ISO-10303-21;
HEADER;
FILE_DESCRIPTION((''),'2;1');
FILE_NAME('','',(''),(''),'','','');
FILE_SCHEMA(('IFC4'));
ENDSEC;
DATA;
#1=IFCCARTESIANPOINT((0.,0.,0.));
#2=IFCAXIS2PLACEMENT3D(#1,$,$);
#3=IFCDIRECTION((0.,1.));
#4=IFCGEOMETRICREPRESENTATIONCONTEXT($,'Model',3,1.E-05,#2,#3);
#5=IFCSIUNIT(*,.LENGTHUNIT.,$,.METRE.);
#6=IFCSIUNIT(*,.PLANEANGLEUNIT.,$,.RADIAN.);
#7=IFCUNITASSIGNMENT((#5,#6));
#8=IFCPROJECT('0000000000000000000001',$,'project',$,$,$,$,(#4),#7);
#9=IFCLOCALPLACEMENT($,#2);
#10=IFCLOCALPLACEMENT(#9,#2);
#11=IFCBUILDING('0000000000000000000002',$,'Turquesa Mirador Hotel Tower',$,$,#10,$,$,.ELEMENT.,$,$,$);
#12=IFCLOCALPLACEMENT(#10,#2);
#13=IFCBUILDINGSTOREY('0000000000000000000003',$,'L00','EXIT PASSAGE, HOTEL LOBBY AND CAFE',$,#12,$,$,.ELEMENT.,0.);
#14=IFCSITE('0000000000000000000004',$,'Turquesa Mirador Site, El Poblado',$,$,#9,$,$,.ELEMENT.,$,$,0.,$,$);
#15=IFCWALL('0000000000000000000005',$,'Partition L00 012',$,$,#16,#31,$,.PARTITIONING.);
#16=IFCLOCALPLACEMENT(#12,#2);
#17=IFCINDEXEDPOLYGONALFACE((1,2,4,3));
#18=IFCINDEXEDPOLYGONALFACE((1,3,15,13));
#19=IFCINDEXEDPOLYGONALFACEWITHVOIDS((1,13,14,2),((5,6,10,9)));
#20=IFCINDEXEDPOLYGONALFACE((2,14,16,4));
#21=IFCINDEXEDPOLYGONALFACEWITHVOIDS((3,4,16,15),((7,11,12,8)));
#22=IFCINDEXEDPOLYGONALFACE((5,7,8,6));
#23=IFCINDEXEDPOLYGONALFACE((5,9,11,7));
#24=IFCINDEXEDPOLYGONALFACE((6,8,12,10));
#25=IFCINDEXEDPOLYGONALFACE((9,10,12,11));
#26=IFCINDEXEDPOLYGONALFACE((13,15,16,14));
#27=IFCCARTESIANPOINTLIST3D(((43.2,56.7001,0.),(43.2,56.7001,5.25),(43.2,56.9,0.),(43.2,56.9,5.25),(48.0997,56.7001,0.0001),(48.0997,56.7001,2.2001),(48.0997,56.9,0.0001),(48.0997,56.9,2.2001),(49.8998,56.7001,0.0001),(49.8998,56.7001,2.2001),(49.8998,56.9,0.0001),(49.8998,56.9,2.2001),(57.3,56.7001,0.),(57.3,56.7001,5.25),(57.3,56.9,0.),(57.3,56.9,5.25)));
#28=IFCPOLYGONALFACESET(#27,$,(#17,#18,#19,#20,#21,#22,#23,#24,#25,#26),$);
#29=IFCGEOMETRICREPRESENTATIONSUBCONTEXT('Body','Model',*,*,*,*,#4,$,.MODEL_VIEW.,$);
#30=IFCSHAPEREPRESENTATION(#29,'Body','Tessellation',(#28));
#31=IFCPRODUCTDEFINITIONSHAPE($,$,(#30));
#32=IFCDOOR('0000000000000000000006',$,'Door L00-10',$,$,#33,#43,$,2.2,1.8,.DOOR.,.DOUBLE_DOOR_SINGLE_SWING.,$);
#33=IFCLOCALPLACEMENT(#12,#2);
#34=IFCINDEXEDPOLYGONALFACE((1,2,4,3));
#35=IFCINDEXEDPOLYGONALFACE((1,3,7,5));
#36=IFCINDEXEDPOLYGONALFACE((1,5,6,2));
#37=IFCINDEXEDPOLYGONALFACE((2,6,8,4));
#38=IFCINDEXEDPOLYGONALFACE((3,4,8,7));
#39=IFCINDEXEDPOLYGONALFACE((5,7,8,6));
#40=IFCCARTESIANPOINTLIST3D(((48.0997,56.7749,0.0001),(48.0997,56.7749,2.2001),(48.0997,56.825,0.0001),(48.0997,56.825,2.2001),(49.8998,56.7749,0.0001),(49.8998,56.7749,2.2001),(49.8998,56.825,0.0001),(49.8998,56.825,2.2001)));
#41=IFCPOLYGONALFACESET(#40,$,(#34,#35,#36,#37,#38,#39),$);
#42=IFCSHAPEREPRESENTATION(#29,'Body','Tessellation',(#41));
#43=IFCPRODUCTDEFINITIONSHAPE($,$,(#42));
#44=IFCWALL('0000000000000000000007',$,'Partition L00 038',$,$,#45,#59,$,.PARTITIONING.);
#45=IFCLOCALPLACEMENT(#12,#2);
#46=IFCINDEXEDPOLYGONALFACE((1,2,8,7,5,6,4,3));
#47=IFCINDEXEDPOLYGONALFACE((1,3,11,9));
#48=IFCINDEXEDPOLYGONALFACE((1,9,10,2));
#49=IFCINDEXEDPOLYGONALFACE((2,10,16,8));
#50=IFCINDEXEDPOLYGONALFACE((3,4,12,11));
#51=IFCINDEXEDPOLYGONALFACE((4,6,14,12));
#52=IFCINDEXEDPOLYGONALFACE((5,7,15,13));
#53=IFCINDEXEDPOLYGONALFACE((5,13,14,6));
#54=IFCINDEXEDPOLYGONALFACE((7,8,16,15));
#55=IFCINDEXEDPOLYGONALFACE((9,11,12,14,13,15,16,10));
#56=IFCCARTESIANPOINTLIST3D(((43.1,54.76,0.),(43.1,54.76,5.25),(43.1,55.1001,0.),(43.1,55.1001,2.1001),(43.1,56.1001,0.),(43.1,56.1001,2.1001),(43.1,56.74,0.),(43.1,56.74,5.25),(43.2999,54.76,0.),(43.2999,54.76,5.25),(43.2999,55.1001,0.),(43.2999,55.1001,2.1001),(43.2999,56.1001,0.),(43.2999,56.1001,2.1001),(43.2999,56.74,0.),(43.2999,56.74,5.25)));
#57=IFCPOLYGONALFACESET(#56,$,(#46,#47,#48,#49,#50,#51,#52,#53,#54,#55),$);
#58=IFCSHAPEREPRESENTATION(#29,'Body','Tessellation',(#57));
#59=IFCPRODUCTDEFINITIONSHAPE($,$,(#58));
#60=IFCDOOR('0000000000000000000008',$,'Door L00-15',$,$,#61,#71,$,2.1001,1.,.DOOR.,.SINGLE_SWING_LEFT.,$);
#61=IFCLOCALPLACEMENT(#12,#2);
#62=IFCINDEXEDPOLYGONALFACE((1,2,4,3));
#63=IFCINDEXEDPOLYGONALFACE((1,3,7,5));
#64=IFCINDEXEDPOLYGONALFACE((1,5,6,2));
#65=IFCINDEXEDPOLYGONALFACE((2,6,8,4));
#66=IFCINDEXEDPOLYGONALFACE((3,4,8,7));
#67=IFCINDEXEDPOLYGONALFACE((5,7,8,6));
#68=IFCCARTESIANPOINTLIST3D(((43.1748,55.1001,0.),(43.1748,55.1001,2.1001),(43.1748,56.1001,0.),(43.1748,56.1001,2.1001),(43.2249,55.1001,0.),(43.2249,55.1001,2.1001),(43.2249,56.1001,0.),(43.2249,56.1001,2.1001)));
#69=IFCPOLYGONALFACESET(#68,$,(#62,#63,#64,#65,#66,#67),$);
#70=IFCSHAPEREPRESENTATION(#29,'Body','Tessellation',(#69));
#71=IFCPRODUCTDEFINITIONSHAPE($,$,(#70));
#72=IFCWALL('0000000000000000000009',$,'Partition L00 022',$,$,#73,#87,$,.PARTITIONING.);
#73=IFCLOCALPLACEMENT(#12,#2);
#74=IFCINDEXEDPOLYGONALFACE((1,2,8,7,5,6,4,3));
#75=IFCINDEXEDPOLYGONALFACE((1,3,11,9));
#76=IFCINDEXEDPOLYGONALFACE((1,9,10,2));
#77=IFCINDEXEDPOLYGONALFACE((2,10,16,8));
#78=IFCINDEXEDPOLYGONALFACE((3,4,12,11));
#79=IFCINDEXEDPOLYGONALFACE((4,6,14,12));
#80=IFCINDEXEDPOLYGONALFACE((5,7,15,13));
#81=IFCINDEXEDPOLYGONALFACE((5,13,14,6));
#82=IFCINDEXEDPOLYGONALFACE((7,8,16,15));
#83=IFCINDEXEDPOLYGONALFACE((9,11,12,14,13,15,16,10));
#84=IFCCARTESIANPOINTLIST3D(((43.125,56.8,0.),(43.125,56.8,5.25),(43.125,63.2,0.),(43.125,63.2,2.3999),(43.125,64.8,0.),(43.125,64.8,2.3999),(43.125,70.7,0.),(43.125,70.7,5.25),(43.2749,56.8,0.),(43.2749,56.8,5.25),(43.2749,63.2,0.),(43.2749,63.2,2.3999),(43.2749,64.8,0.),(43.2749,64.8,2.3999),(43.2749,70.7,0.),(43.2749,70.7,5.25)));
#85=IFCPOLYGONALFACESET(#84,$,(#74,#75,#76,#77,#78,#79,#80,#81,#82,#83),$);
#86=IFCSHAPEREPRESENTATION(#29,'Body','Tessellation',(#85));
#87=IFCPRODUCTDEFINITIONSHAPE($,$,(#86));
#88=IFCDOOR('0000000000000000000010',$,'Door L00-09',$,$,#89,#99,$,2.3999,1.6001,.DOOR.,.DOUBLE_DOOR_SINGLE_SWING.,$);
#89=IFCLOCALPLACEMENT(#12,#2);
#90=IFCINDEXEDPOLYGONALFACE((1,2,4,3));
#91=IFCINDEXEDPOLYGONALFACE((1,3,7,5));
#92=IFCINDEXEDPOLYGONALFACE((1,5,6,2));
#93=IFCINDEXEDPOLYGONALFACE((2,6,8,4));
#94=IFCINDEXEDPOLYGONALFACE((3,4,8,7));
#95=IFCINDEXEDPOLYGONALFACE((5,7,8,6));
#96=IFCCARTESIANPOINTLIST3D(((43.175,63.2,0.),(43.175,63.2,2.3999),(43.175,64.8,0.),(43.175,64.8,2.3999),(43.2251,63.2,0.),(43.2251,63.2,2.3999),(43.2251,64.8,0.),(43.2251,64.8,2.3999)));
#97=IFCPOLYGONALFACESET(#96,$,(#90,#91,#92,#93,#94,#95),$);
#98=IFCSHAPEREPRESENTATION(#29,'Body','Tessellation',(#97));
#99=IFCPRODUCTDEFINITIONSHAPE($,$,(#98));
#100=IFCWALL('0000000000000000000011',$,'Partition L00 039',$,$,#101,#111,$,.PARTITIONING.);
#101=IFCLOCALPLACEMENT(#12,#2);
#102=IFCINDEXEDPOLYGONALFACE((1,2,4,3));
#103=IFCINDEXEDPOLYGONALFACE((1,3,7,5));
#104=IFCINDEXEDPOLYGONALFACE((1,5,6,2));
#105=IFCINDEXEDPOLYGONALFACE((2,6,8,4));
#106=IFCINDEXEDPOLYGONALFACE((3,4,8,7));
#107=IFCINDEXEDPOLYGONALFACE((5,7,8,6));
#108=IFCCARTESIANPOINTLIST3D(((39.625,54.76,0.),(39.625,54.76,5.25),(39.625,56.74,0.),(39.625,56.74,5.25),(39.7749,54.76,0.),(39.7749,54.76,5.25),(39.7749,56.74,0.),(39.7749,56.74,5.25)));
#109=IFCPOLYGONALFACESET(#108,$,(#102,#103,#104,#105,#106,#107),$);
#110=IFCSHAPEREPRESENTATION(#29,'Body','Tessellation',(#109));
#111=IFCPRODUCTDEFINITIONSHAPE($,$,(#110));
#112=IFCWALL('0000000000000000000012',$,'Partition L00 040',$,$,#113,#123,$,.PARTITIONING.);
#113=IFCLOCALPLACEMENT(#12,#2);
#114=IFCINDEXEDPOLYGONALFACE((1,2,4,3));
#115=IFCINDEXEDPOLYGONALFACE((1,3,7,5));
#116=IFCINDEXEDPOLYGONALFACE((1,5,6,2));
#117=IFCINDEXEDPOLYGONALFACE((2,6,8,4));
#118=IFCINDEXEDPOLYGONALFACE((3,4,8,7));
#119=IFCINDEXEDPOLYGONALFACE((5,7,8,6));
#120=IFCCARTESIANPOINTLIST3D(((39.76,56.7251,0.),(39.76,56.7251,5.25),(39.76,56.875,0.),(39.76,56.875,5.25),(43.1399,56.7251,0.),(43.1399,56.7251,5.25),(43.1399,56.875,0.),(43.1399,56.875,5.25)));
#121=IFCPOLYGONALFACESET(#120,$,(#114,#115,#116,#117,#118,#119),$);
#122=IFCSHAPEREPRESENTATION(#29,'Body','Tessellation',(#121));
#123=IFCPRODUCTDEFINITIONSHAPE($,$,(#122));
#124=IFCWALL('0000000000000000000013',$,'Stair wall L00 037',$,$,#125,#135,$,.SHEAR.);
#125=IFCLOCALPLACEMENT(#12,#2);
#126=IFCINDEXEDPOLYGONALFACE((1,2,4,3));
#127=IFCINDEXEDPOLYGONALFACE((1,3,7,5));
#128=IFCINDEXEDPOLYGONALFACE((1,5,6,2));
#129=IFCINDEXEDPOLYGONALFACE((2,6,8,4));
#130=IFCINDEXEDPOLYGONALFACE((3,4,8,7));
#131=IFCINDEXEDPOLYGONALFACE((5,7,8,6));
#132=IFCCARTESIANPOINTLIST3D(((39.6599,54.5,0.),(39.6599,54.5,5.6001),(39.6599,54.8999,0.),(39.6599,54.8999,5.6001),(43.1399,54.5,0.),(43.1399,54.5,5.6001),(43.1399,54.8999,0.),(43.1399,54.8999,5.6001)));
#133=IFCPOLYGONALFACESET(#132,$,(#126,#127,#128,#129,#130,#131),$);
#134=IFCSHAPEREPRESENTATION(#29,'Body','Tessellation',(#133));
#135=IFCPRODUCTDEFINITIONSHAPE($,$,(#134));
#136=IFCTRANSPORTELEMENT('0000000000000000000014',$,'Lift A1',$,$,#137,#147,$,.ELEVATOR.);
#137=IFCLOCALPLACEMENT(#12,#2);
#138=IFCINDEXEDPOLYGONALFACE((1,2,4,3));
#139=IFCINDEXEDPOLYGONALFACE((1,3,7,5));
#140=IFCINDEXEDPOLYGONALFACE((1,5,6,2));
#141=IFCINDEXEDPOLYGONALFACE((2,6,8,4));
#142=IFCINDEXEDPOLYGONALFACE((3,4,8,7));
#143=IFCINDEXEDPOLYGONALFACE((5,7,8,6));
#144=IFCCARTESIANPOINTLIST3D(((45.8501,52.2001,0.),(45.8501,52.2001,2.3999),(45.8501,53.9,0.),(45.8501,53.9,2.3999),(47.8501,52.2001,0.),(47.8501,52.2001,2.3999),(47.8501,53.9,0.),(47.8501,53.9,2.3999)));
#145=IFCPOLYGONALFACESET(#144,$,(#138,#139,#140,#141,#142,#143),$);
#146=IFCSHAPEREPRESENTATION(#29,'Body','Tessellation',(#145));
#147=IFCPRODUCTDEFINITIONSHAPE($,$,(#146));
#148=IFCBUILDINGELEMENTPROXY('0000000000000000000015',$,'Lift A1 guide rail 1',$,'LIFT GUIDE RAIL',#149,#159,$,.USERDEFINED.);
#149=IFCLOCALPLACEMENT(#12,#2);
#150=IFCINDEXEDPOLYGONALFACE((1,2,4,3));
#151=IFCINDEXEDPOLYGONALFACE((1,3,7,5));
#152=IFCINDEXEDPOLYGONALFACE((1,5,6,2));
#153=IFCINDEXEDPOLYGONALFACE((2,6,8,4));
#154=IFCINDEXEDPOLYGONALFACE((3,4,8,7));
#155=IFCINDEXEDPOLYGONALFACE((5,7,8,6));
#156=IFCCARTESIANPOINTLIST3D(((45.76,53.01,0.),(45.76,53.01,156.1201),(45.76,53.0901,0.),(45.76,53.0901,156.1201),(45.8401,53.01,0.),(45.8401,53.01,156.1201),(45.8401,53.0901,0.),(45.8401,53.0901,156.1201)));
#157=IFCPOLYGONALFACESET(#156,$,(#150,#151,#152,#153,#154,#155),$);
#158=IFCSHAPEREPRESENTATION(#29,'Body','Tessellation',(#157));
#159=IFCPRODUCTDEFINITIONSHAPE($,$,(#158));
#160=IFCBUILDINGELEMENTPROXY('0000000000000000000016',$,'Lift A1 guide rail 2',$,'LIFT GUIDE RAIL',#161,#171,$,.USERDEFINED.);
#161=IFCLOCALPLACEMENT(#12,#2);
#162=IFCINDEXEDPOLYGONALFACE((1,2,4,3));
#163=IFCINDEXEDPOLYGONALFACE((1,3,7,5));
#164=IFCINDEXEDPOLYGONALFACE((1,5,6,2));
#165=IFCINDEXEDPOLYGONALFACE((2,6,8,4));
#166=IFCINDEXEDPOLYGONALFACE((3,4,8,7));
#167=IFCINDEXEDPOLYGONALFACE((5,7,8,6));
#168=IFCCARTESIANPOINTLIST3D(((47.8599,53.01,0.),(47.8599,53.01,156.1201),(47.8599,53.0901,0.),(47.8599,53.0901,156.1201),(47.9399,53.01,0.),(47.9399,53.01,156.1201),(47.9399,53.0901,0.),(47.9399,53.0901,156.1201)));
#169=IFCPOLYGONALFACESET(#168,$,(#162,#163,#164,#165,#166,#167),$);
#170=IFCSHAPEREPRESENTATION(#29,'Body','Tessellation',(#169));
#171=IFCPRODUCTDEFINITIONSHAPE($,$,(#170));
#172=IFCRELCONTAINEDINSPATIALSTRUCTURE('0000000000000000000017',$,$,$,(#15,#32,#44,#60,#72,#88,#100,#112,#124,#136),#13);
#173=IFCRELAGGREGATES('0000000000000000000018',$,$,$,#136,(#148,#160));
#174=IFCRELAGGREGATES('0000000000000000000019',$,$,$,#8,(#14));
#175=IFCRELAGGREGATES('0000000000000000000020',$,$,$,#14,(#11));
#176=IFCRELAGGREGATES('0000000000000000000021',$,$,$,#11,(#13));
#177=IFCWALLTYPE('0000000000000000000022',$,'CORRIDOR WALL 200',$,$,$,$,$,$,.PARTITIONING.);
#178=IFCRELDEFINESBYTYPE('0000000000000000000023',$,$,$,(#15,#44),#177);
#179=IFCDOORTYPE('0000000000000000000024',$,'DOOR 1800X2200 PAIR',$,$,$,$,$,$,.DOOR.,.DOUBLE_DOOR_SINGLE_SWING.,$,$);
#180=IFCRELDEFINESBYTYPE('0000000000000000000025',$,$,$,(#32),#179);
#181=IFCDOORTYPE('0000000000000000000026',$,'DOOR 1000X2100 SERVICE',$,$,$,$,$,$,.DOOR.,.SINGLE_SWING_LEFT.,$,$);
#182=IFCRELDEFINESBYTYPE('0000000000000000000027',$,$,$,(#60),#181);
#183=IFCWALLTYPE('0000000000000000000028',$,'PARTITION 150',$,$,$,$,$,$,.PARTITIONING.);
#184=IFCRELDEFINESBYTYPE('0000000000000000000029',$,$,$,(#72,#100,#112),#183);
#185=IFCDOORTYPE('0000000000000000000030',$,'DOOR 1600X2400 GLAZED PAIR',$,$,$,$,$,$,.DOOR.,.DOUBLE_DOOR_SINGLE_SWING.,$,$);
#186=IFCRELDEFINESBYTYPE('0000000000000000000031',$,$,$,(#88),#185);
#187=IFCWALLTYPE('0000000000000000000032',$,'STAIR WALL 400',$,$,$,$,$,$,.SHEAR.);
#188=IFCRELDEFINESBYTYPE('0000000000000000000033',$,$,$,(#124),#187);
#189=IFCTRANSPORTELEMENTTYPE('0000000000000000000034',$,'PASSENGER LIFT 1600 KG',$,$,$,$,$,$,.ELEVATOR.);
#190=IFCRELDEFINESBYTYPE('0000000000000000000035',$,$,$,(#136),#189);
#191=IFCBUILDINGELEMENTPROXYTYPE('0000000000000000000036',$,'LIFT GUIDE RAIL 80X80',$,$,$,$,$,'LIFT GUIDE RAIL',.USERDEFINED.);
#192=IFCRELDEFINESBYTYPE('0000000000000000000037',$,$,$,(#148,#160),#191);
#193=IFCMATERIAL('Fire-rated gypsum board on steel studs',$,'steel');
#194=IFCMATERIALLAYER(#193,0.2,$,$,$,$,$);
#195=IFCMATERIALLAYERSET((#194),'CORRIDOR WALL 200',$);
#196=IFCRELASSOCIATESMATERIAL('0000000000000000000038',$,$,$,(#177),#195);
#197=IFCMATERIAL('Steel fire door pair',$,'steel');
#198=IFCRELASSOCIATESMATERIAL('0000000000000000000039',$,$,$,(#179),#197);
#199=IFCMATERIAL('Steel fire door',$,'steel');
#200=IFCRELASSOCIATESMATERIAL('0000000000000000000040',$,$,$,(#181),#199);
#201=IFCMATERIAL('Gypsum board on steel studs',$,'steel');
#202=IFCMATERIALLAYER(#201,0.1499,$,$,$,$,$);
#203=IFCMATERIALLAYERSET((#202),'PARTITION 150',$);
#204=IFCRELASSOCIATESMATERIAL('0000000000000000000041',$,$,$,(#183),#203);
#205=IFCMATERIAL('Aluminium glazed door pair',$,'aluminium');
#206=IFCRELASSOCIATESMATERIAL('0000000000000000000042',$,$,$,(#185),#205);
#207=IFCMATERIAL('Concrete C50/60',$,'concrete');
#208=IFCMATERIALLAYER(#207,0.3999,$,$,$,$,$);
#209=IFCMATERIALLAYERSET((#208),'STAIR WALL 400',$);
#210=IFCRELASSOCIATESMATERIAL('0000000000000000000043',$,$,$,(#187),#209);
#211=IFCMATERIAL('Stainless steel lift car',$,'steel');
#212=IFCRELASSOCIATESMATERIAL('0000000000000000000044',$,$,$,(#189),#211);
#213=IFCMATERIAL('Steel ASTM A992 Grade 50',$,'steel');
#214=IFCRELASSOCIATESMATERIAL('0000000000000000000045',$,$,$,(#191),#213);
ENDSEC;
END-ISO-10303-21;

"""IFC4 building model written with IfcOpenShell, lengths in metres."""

from ifc_helpers import new_model, si_unit, direction, frame, frame_2d, origin, origin_2d, place, context, subcontext, project, spatial, rectangle, extrude, material, layer, layer_set, type_object, element, fill, aggregate, save


model = new_model("IFC4")

# Units and contexts
model_context = context("Model", 3, precision=1e-05, world=origin(), true_north=direction((0.0, 1.0)))
body_context = subcontext(model_context, "Body", "Model", "MODEL_VIEW")
ifc_project = project(units=[si_unit("LENGTHUNIT", "METRE"), si_unit("PLANEANGLEUNIT", "RADIAN")], contexts=[model_context])

# Site, building, storey
site_placement = place(None, origin())
site = spatial("IfcSite", under=ifc_project, at=site_placement, Name="Turquesa Mirador Site, El Poblado", CompositionType="ELEMENT", RefElevation=0.0)
building_placement = place(site_placement, origin())
building = spatial("IfcBuilding", under=site, at=building_placement, Name="Turquesa Mirador Hotel Tower", CompositionType="ELEMENT")
storey_placement = place(building_placement, origin())
storey = spatial("IfcBuildingStorey", under=building, at=storey_placement, Name="L00", Description="EXIT PASSAGE, HOTEL LOBBY AND CAFE", CompositionType="ELEMENT", Elevation=0.0)

# Walls, openings, doors
ifc_material_1 = material(Name="Fire-rated gypsum board on steel studs", Category="steel")
ifc_layer_1 = layer(ifc_material_1, 0.2)
ifc_layer_set_1 = layer_set([ifc_layer_1], Name="CORRIDOR WALL 200")
wall_type_1 = type_object("IfcWallType", Name="CORRIDOR WALL 200", PredefinedType="PARTITIONING", material=ifc_layer_set_1)
wall_1_placement = place(storey_placement, frame((43.2, 56.8, 0.0), z_axis=(0.0, 0.0, 1.0), x_axis=(1.0, 0.0, 0.0)))
wall_1 = element("IfcWall", 1, at=wall_1_placement, inside=storey, type_object=wall_type_1, Name="Partition L00 012", PredefinedType="PARTITIONING", context=body_context, shape_type="SweptSolid", body=[
    extrude(rectangle(XDim=14.1001, YDim=0.2, at=frame_2d((7.05, 0.0))), origin(), (0.0, 0.0, 1.0), 5.25),
])
opening_1_placement = place(wall_1_placement, frame((4.8999, 0.0, 0.0)))
opening_1 = element("IfcOpeningElement", 2, at=opening_1_placement, cuts=wall_1, PredefinedType="OPENING", context=body_context, shape_type="SweptSolid", body=[
    extrude(rectangle(XDim=1.8, YDim=2.2, at=frame_2d((0.8999, 1.1001))), frame((0.0, 0.1099, 0.0), z_axis=(0.0, -1.0, 0.0), x_axis=(1.0, 0.0, 0.0)), (0.0, 0.0, 1.0), 0.22),
])
ifc_material_2 = material(Name="Steel fire door pair", Category="steel")
door_type_1 = type_object("IfcDoorType", Name="DOOR 1800X2200 PAIR", OperationType="DOUBLE_DOOR_SINGLE_SWING", PredefinedType="DOOR", material=ifc_material_2)
door_1_placement = place(opening_1_placement, origin())
door_1 = element("IfcDoor", 3, at=door_1_placement, inside=storey, type_object=door_type_1, Name="Door L00-10", OperationType="DOUBLE_DOOR_SINGLE_SWING", OverallHeight=2.2, OverallWidth=1.8, PredefinedType="DOOR", context=body_context, shape_type="SweptSolid", body=[
    extrude(rectangle(XDim=1.8, YDim=2.2, at=frame_2d((0.8999, 1.1001))), frame((0.0, 0.0249, 0.0), z_axis=(0.0, -1.0, 0.0), x_axis=(1.0, 0.0, 0.0)), (0.0, 0.0, 1.0), 0.05),
])
fill(opening_1, door_1)
wall_2_placement = place(storey_placement, frame((43.2, 56.74, 0.0), z_axis=(0.0, 0.0, 1.0), x_axis=(0.0, -1.0, 0.0)))
wall_2 = element("IfcWall", 4, at=wall_2_placement, inside=storey, type_object=wall_type_1, Name="Partition L00 038", PredefinedType="PARTITIONING", context=body_context, shape_type="SweptSolid", body=[
    extrude(rectangle(XDim=1.98, YDim=0.2, at=frame_2d((0.99, 0.0))), origin(), (0.0, 0.0, 1.0), 5.25),
])
opening_2_placement = place(wall_2_placement, frame((0.6399, 0.0, 0.0)))
opening_2 = element("IfcOpeningElement", 5, at=opening_2_placement, cuts=wall_2, PredefinedType="OPENING", context=body_context, shape_type="SweptSolid", body=[
    extrude(rectangle(XDim=1.0, YDim=2.1001, at=frame_2d((0.5, 1.05))), frame((0.0, 0.1099, 0.0), z_axis=(0.0, -1.0, 0.0), x_axis=(1.0, 0.0, 0.0)), (0.0, 0.0, 1.0), 0.22),
])
ifc_material_3 = material(Name="Steel fire door", Category="steel")
door_type_2 = type_object("IfcDoorType", Name="DOOR 1000X2100 SERVICE", OperationType="SINGLE_SWING_LEFT", PredefinedType="DOOR", material=ifc_material_3)
door_2_placement = place(opening_2_placement, origin())
door_2 = element("IfcDoor", 6, at=door_2_placement, inside=storey, type_object=door_type_2, Name="Door L00-15", OperationType="SINGLE_SWING_LEFT", OverallHeight=2.1001, OverallWidth=1.0, PredefinedType="DOOR", context=body_context, shape_type="SweptSolid", body=[
    extrude(rectangle(XDim=1.0, YDim=2.1001, at=frame_2d((0.5, 1.05))), frame((0.0, 0.0249, 0.0), z_axis=(0.0, -1.0, 0.0), x_axis=(1.0, 0.0, 0.0)), (0.0, 0.0, 1.0), 0.05),
])
fill(opening_2, door_2)
ifc_material_4 = material(Name="Gypsum board on steel studs", Category="steel")
ifc_layer_2 = layer(ifc_material_4, 0.1499)
ifc_layer_set_2 = layer_set([ifc_layer_2], Name="PARTITION 150")
wall_type_2 = type_object("IfcWallType", Name="PARTITION 150", PredefinedType="PARTITIONING", material=ifc_layer_set_2)
wall_3_placement = place(storey_placement, frame((43.2, 56.8, 0.0), z_axis=(0.0, 0.0, 1.0), x_axis=(0.0, 1.0, 0.0)))
wall_3 = element("IfcWall", 7, at=wall_3_placement, inside=storey, type_object=wall_type_2, Name="Partition L00 022", PredefinedType="PARTITIONING", context=body_context, shape_type="SweptSolid", body=[
    extrude(rectangle(XDim=13.8999, YDim=0.1499, at=frame_2d((6.95, 0.0))), origin(), (0.0, 0.0, 1.0), 5.25),
])
opening_3_placement = place(wall_3_placement, frame((6.3999, 0.0, 0.0)))
opening_3 = element("IfcOpeningElement", 8, at=opening_3_placement, cuts=wall_3, PredefinedType="OPENING", context=body_context, shape_type="SweptSolid", body=[
    extrude(rectangle(XDim=1.6001, YDim=2.3999, at=frame_2d((0.8, 1.2))), frame((0.0, 0.085, 0.0), z_axis=(0.0, -1.0, 0.0), x_axis=(1.0, 0.0, 0.0)), (0.0, 0.0, 1.0), 0.1699),
])
ifc_material_5 = material(Name="Aluminium glazed door pair", Category="aluminium")
door_type_3 = type_object("IfcDoorType", Name="DOOR 1600X2400 GLAZED PAIR", OperationType="DOUBLE_DOOR_SINGLE_SWING", PredefinedType="DOOR", material=ifc_material_5)
door_3_placement = place(opening_3_placement, origin())
door_3 = element("IfcDoor", 9, at=door_3_placement, inside=storey, type_object=door_type_3, Name="Door L00-09", OperationType="DOUBLE_DOOR_SINGLE_SWING", OverallHeight=2.3999, OverallWidth=1.6001, PredefinedType="DOOR", context=body_context, shape_type="SweptSolid", body=[
    extrude(rectangle(XDim=1.6001, YDim=2.3999, at=frame_2d((0.8, 1.2))), frame((0.0, 0.0249, 0.0), z_axis=(0.0, -1.0, 0.0), x_axis=(1.0, 0.0, 0.0)), (0.0, 0.0, 1.0), 0.05),
])
fill(opening_3, door_3)

# Walls
wall_4_placement = place(storey_placement, frame((39.7, 54.76, 0.0), z_axis=(0.0, 0.0, 1.0), x_axis=(0.0, 1.0, 0.0)))
element("IfcWall", 10, at=wall_4_placement, inside=storey, type_object=wall_type_2, Name="Partition L00 039", PredefinedType="PARTITIONING", context=body_context, shape_type="SweptSolid", body=[
    extrude(rectangle(XDim=1.98, YDim=0.1499, at=frame_2d((0.99, 0.0))), origin(), (0.0, 0.0, 1.0), 5.25),
])
wall_5_placement = place(storey_placement, frame((39.76, 56.8, 0.0), z_axis=(0.0, 0.0, 1.0), x_axis=(1.0, 0.0, 0.0)))
element("IfcWall", 11, at=wall_5_placement, inside=storey, type_object=wall_type_2, Name="Partition L00 040", PredefinedType="PARTITIONING", context=body_context, shape_type="SweptSolid", body=[
    extrude(rectangle(XDim=3.3799, YDim=0.1499, at=frame_2d((1.6899, 0.0))), origin(), (0.0, 0.0, 1.0), 5.25),
])
ifc_material_6 = material(Name="Concrete C50/60", Category="concrete")
ifc_layer_3 = layer(ifc_material_6, 0.3999)
ifc_layer_set_3 = layer_set([ifc_layer_3], Name="STAIR WALL 400")
wall_type_3 = type_object("IfcWallType", Name="STAIR WALL 400", PredefinedType="SHEAR", material=ifc_layer_set_3)
wall_6_placement = place(storey_placement, frame((43.1399, 54.7, 0.0), z_axis=(0.0, 0.0, 1.0), x_axis=(-1.0, 0.0, 0.0)))
element("IfcWall", 12, at=wall_6_placement, inside=storey, type_object=wall_type_3, Name="Stair wall L00 037", PredefinedType="SHEAR", context=body_context, shape_type="SweptSolid", body=[
    extrude(rectangle(XDim=3.48, YDim=0.3999, at=frame_2d((1.74, 0.0))), origin(), (0.0, 0.0, 1.0), 5.6001),
])

# Transport element
ifc_material_7 = material(Name="Stainless steel lift car", Category="steel")
transport_element_type = type_object("IfcTransportElementType", Name="PASSENGER LIFT 1600 KG", PredefinedType="ELEVATOR", material=ifc_material_7)
transport_element_1_placement = place(storey_placement, frame((46.8501, 53.05, 0.0), z_axis=(0.0, 0.0, 1.0), x_axis=(1.0, 0.0, 0.0)))
transport_element_1 = element("IfcTransportElement", 13, at=transport_element_1_placement, inside=storey, type_object=transport_element_type, Name="Lift A1", PredefinedType="ELEVATOR", context=body_context, shape_type="SweptSolid", body=[
    extrude(rectangle(XDim=2.0, YDim=1.7, at=origin_2d()), origin(), (0.0, 0.0, 1.0), 2.3999),
])

# Building element proxies
ifc_material_8 = material(Name="Steel ASTM A992 Grade 50", Category="steel")
building_element_proxy_type = type_object("IfcBuildingElementProxyType", Name="LIFT GUIDE RAIL 80X80", ElementType="LIFT GUIDE RAIL", PredefinedType="USERDEFINED", material=ifc_material_8)
proxy_1_placement = place(storey_placement, frame((45.8, 53.05, 0.0), z_axis=(0.0, 0.0, 1.0), x_axis=(1.0, 0.0, 0.0)))
proxy_1 = element("IfcBuildingElementProxy", 14, at=proxy_1_placement, type_object=building_element_proxy_type, Name="Lift A1 guide rail 1", ObjectType="LIFT GUIDE RAIL", PredefinedType="USERDEFINED", context=body_context, shape_type="SweptSolid", body=[
    extrude(rectangle(XDim=0.0801, YDim=0.0801, at=origin_2d()), origin(), (0.0, 0.0, 1.0), 156.1201),
])
proxy_2_placement = place(storey_placement, frame((47.8999, 53.05, 0.0), z_axis=(0.0, 0.0, 1.0), x_axis=(1.0, 0.0, 0.0)))
proxy_2 = element("IfcBuildingElementProxy", 15, at=proxy_2_placement, type_object=building_element_proxy_type, Name="Lift A1 guide rail 2", ObjectType="LIFT GUIDE RAIL", PredefinedType="USERDEFINED", context=body_context, shape_type="SweptSolid", body=[
    extrude(rectangle(XDim=0.0801, YDim=0.0801, at=origin_2d()), origin(), (0.0, 0.0, 1.0), 156.1201),
])
aggregate(transport_element_1, [proxy_1, proxy_2])

save(model, "model.ifc")
